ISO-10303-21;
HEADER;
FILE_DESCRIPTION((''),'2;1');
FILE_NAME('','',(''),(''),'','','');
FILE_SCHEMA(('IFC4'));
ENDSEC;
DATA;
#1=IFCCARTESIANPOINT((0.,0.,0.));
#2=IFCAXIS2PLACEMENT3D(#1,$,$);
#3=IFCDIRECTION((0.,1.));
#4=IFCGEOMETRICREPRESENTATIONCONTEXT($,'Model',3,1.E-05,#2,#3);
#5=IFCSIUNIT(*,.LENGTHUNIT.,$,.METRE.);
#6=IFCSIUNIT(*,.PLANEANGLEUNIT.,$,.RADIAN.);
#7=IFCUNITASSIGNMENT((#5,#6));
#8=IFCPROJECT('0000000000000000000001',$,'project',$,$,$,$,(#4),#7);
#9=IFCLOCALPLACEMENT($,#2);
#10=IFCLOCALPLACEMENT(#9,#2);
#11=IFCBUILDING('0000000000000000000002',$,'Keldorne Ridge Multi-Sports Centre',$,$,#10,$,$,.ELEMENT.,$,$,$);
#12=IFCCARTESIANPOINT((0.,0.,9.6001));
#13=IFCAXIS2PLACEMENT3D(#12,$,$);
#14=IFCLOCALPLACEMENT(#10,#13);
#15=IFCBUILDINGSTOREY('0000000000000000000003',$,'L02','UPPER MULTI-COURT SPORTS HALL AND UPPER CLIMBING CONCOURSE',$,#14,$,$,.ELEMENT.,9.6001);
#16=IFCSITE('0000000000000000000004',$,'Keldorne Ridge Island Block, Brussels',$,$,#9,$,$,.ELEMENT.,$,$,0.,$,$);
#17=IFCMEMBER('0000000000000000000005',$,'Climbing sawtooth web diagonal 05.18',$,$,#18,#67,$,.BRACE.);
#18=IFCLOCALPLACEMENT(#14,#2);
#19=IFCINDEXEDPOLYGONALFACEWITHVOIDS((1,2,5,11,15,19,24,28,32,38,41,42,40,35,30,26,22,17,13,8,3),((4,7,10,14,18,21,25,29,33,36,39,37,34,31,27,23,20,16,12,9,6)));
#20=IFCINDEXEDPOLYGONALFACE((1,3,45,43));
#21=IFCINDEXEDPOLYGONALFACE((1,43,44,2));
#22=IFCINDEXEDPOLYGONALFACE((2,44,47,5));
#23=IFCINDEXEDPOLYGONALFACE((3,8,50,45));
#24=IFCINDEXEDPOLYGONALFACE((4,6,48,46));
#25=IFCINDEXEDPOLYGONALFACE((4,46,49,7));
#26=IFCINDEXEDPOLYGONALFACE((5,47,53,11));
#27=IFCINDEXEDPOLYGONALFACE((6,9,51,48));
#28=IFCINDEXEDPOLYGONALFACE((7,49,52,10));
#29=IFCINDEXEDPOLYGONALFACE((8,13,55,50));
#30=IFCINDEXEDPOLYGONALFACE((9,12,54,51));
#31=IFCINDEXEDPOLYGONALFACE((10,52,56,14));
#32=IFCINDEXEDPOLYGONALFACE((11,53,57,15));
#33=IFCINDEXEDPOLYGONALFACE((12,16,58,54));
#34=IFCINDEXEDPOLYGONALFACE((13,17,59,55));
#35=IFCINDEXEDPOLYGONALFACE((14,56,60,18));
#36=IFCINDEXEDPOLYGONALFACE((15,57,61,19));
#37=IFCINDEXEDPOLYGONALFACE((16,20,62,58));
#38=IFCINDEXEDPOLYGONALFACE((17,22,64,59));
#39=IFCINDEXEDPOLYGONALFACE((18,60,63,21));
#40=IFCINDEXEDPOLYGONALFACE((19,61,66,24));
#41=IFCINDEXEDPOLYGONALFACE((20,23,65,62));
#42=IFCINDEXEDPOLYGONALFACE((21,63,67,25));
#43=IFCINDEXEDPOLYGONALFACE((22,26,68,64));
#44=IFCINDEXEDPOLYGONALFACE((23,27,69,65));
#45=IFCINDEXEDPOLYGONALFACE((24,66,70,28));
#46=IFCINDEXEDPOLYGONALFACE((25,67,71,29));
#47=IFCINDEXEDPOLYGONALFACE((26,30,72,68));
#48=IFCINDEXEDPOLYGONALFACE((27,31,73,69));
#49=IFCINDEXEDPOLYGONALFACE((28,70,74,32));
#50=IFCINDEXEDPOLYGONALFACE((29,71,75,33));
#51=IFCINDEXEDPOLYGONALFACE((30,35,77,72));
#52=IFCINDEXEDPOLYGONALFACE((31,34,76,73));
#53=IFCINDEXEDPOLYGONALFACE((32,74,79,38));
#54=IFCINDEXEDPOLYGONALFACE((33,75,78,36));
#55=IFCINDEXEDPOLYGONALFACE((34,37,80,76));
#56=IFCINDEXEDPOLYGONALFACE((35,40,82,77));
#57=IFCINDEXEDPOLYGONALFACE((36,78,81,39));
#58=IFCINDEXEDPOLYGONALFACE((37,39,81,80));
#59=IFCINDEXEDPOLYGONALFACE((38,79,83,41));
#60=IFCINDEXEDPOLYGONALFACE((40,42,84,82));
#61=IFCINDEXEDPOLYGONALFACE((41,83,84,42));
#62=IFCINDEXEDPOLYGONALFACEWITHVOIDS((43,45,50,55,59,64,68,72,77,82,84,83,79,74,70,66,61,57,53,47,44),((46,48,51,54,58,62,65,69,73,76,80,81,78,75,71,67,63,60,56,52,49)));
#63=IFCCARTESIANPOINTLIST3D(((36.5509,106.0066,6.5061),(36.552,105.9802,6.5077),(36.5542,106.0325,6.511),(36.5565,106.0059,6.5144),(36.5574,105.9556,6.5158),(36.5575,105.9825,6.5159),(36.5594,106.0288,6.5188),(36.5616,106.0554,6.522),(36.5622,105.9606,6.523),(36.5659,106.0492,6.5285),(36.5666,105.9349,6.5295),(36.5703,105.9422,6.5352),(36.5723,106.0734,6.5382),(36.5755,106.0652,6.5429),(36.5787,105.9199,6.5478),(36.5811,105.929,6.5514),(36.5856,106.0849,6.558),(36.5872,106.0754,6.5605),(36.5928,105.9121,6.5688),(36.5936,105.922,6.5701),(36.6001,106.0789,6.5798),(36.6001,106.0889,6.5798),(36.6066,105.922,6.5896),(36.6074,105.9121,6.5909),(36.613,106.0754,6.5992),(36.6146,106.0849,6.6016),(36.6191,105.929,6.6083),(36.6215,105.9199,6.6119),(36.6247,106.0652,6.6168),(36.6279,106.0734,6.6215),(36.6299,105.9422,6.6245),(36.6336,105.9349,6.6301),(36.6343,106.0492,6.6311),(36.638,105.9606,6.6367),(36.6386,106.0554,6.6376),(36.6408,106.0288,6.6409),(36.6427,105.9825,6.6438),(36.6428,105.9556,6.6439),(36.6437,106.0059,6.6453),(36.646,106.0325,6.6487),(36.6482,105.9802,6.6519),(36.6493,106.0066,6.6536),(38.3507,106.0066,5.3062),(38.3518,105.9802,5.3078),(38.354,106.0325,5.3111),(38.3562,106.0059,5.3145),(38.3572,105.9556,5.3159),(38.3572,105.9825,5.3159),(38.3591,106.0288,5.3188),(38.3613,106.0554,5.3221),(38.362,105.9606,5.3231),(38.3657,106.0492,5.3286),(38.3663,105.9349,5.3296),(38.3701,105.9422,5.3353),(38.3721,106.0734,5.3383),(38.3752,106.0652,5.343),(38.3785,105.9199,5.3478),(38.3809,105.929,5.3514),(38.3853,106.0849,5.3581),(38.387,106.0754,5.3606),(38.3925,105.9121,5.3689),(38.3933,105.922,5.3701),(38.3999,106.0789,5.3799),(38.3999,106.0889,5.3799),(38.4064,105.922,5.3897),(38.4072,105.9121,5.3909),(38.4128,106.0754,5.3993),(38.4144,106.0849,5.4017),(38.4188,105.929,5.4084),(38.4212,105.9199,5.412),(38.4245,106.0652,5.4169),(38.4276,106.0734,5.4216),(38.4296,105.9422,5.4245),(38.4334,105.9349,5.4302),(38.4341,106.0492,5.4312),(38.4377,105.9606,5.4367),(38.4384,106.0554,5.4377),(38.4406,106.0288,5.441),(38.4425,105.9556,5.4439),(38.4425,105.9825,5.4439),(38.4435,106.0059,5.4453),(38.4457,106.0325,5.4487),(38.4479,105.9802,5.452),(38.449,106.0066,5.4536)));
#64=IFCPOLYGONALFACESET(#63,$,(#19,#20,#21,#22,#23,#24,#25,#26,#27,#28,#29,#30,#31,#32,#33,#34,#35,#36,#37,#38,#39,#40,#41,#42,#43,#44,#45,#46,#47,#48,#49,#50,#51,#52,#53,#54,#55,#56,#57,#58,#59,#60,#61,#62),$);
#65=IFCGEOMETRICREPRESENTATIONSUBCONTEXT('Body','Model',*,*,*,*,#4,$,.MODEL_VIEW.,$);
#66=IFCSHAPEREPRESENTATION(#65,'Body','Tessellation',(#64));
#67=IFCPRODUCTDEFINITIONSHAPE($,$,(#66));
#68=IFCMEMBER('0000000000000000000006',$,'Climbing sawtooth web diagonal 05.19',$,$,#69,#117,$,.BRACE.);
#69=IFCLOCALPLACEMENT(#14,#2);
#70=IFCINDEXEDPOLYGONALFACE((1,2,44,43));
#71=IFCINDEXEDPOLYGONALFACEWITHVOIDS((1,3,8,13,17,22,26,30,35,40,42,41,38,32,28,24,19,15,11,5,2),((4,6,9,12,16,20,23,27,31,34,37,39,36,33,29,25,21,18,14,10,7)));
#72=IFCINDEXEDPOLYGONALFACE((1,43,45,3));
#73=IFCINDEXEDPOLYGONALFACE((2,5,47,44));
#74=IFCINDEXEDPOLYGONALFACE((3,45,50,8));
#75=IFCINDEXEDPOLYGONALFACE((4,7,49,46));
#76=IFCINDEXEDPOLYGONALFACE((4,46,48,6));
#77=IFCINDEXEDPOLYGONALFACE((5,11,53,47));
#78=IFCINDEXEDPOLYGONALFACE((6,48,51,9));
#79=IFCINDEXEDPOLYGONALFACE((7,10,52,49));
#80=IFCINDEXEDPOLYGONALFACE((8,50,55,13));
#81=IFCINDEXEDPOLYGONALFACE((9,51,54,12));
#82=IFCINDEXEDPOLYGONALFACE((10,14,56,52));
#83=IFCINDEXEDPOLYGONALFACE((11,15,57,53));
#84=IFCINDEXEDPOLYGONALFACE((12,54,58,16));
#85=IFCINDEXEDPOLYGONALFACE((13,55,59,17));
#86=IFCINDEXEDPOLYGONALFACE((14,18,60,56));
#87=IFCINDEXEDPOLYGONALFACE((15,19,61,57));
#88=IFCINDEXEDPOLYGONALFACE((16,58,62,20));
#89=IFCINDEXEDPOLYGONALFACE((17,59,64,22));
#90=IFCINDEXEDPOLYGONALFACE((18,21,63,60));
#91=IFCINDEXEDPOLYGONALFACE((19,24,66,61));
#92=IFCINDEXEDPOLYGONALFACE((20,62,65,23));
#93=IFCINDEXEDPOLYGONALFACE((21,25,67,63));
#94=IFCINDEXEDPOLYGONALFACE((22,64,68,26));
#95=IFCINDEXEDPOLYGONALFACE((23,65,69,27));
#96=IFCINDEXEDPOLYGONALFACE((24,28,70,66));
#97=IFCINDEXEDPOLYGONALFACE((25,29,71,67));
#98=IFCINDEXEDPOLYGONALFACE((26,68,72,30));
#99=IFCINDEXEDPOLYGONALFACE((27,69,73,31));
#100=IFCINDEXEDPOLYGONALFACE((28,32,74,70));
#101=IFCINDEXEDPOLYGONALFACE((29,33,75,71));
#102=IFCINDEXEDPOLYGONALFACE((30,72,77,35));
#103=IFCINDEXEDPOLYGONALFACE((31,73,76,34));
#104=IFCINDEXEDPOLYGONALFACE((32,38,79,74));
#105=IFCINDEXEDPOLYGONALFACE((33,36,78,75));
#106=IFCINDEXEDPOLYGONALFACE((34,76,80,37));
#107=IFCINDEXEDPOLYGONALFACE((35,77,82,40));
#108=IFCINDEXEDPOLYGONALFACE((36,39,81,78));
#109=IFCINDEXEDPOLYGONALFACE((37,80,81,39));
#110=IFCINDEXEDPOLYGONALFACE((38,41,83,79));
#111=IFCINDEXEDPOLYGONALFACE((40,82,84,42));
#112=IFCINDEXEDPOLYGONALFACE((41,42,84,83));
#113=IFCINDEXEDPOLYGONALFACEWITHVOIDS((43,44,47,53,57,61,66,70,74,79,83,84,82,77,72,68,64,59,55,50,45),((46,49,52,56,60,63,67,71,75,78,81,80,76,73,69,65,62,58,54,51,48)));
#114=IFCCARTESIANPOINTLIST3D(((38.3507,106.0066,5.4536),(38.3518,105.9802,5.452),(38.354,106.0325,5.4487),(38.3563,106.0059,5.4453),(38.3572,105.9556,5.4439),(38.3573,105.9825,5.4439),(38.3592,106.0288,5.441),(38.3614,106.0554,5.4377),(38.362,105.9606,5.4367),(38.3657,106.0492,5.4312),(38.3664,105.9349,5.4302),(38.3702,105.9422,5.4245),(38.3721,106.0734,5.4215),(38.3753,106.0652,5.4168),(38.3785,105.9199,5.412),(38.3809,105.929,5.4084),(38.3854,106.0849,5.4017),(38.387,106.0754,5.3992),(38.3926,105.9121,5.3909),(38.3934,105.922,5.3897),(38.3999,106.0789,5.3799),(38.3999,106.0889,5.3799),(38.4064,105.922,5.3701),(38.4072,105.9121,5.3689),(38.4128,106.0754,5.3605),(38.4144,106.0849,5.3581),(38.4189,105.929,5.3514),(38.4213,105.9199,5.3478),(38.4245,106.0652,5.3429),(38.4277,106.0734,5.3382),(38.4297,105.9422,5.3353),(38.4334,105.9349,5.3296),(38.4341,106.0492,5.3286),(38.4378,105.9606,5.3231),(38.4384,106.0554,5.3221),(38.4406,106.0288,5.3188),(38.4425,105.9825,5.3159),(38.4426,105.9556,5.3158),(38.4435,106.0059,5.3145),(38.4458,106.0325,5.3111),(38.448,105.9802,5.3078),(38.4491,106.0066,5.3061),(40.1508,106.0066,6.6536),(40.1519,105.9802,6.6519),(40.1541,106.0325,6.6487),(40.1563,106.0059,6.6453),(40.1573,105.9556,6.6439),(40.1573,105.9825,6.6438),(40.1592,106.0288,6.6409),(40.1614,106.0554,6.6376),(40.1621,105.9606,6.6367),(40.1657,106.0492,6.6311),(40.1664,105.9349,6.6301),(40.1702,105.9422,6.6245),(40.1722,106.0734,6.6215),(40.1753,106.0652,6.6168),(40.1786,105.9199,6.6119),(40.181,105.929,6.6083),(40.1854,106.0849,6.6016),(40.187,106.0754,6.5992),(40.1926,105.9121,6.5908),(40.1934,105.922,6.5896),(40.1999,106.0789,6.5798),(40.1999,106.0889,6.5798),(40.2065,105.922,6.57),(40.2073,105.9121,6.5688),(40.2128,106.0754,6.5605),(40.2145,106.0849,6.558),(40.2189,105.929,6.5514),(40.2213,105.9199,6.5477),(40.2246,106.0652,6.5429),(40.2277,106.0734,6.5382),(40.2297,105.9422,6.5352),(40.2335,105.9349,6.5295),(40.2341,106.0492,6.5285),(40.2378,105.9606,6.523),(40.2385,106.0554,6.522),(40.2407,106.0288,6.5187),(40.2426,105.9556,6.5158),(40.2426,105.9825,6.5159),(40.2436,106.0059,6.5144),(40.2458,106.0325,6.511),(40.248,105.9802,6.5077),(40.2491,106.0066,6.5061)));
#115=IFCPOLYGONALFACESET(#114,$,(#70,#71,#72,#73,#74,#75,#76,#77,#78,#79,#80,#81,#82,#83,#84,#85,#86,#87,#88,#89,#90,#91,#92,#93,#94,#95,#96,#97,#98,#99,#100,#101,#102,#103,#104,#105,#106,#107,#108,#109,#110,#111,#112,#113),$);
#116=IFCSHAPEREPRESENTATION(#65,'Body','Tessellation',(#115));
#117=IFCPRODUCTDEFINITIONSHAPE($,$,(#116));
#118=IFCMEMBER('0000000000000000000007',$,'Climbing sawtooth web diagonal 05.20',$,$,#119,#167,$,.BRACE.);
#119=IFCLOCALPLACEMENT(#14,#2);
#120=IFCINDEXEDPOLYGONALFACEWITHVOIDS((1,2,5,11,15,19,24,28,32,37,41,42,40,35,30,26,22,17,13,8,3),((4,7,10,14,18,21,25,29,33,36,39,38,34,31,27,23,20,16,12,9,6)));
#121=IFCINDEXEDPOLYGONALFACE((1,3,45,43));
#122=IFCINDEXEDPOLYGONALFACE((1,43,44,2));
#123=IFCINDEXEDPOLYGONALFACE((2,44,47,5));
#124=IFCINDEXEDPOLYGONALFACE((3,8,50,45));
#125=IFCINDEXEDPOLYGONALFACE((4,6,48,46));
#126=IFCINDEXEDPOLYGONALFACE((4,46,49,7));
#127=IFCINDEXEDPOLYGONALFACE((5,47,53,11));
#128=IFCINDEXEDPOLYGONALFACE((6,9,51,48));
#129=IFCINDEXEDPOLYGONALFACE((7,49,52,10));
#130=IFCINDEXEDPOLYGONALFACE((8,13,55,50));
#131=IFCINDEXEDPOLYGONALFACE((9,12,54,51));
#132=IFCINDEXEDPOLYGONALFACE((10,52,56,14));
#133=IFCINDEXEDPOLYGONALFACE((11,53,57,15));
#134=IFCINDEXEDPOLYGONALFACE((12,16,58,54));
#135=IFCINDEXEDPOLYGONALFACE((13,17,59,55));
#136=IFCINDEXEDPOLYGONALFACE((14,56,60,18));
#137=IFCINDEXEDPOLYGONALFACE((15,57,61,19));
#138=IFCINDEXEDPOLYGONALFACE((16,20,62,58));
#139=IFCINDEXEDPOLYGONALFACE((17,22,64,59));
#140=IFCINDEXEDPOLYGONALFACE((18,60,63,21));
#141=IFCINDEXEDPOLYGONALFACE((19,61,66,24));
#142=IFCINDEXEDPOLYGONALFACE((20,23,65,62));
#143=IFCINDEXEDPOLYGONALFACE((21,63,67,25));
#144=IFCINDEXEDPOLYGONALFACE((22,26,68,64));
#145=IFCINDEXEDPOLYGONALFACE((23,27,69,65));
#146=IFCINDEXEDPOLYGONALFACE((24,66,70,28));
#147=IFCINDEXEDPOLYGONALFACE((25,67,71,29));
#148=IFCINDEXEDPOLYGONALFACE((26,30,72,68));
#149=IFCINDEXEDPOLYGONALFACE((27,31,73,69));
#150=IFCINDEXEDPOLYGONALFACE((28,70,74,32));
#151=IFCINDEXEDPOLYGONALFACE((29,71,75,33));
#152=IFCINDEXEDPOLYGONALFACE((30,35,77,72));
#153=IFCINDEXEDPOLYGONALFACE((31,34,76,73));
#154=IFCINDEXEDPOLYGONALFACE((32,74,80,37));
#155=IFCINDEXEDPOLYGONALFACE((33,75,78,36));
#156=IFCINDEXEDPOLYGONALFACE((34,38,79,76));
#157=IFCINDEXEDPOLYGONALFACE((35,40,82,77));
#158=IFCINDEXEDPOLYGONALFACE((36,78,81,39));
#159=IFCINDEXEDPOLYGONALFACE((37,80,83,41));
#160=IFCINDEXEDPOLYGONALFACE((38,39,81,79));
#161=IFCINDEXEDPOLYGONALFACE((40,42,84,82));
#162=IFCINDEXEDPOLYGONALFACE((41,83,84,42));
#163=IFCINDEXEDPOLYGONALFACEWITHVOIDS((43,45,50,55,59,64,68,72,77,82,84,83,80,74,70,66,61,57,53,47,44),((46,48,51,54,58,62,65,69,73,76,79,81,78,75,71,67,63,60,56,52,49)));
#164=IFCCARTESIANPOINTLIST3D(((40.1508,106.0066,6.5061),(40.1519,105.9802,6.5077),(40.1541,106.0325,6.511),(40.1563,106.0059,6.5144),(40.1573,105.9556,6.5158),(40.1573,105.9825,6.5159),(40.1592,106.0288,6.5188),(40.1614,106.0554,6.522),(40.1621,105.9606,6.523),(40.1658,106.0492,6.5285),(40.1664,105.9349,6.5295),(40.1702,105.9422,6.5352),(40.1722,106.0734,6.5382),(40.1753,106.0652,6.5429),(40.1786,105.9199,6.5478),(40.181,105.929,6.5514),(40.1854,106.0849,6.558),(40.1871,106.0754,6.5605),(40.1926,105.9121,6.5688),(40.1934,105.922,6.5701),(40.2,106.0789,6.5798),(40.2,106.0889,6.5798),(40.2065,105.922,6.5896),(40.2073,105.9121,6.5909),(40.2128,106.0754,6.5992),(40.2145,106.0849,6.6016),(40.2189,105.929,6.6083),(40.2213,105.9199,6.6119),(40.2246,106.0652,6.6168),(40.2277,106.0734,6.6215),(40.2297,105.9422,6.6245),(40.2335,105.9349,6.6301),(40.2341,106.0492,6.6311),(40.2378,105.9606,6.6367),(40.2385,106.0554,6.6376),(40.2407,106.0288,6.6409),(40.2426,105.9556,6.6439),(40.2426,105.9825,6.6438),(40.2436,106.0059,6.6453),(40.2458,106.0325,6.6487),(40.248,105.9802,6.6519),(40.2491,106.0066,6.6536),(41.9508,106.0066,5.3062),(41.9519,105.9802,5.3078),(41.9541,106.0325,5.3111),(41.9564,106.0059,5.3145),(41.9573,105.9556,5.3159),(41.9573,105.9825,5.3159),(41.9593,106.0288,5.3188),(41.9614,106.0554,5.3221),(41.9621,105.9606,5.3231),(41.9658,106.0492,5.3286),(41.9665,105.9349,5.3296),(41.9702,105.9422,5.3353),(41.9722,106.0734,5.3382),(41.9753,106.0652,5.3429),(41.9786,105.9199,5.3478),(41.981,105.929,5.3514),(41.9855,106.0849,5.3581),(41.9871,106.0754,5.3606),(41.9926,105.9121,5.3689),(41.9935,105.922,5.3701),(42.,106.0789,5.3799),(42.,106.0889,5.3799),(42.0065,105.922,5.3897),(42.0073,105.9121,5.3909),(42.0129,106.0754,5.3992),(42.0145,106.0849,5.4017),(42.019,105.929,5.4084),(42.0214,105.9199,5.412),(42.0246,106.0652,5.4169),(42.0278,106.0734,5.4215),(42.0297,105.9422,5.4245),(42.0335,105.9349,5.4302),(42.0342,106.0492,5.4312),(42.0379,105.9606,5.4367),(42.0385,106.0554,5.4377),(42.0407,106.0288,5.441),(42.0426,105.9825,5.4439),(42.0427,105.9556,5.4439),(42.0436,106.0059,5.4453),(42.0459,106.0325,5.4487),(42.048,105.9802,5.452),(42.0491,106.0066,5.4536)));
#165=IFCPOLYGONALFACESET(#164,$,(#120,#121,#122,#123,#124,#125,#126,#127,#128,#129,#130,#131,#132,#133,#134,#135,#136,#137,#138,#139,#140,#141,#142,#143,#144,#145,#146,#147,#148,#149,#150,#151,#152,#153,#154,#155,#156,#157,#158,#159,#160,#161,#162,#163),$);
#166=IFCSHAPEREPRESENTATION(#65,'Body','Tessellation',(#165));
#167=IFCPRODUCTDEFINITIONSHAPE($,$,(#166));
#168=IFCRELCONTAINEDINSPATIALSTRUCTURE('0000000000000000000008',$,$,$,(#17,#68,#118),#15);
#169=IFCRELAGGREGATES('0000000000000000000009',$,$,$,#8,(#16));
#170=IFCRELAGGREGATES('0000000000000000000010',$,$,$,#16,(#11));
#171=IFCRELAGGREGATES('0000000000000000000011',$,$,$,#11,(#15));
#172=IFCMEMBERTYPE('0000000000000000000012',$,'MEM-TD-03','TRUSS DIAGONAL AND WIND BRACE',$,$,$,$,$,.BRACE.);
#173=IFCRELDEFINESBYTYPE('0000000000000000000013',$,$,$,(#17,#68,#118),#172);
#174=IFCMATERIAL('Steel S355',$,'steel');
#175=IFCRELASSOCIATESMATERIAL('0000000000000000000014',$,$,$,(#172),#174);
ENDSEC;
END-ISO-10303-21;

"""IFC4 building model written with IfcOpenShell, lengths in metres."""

from ifc_helpers import new_model, si_unit, direction, frame, origin, origin_2d, place, context, subcontext, project, spatial, hollow_circle, extrude, material, material_profile, profile_set, type_object, element, save


model = new_model("IFC4")

# Units and contexts
model_context = context("Model", 3, precision=1e-05, world=origin(), true_north=direction((0.0, 1.0)))
body_context = subcontext(model_context, "Body", "Model", "MODEL_VIEW")
ifc_project = project(units=[si_unit("LENGTHUNIT", "METRE"), si_unit("PLANEANGLEUNIT", "RADIAN")], contexts=[model_context])

# Site, building, storey
site_placement = place(None, origin())
site = spatial("IfcSite", under=ifc_project, at=site_placement, Name="Keldorne Ridge Island Block, Brussels", CompositionType="ELEMENT", RefElevation=0.0)
building_placement = place(site_placement, origin())
building = spatial("IfcBuilding", under=site, at=building_placement, Name="Keldorne Ridge Multi-Sports Centre", CompositionType="ELEMENT")
storey_placement = place(building_placement, frame((0.0, 0.0, 9.6001)))
storey = spatial("IfcBuildingStorey", under=building, at=storey_placement, Name="L02", Description="UPPER MULTI-COURT SPORTS HALL AND UPPER CLIMBING CONCOURSE", CompositionType="ELEMENT", Elevation=9.6001)

# Shared definitions
ifc_material_1 = material(Name="Steel S355", Category="steel")

# Members
ifc_material_profile_1 = material_profile(ifc_material_1, hollow_circle(Radius=0.0889, WallThickness=0.01, at=origin_2d()), Name="CHS 177.8x10")
ifc_profile_set_1 = profile_set([ifc_material_profile_1], Name="Steel S355")
member_type_1 = type_object("IfcMemberType", Name="MEM-TD-03", Description="TRUSS DIAGONAL AND WIND BRACE", PredefinedType="BRACE", material=ifc_profile_set_1)
member_1_placement = place(storey_placement, frame((36.6001, 106.0, 6.5798), z_axis=(0.832033, 0.0, -0.554726), x_axis=(0.0, 1.0, 0.0)))
element("IfcMember", 1, at=member_1_placement, inside=storey, type_object=member_type_1, Name="Climbing sawtooth web diagonal 05.18", PredefinedType="BRACE", context=body_context, shape_type="SweptSolid", body=[
    extrude(hollow_circle(Radius=0.0889, WallThickness=0.01, at=origin_2d()), origin(), (0.0, 0.0, 1.0), 2.1631),
])
for number, where, z_axis, x_axis, name in (
    (2, (38.3999, 106.0, 5.3799), (0.832068, 0.0, 0.554674), (0.0, 1.0, 0.0), "Climbing sawtooth web diagonal 05.19"),
    (3, (40.2, 106.0, 6.5798), (0.832068, 0.0, -0.554674), (0.0, 1.0, 0.0), "Climbing sawtooth web diagonal 05.20"),
):
    element("IfcMember", number, at=place(storey_placement, frame(where, z_axis=z_axis, x_axis=x_axis)), inside=storey, type_object=member_type_1, Name=name, PredefinedType="BRACE", context=body_context, shape_type="SweptSolid", body=[
        extrude(hollow_circle(Radius=0.0889, WallThickness=0.01, at=origin_2d()), origin(), (0.0, 0.0, 1.0), 2.1633),
    ])

save(model, "model.ifc")
